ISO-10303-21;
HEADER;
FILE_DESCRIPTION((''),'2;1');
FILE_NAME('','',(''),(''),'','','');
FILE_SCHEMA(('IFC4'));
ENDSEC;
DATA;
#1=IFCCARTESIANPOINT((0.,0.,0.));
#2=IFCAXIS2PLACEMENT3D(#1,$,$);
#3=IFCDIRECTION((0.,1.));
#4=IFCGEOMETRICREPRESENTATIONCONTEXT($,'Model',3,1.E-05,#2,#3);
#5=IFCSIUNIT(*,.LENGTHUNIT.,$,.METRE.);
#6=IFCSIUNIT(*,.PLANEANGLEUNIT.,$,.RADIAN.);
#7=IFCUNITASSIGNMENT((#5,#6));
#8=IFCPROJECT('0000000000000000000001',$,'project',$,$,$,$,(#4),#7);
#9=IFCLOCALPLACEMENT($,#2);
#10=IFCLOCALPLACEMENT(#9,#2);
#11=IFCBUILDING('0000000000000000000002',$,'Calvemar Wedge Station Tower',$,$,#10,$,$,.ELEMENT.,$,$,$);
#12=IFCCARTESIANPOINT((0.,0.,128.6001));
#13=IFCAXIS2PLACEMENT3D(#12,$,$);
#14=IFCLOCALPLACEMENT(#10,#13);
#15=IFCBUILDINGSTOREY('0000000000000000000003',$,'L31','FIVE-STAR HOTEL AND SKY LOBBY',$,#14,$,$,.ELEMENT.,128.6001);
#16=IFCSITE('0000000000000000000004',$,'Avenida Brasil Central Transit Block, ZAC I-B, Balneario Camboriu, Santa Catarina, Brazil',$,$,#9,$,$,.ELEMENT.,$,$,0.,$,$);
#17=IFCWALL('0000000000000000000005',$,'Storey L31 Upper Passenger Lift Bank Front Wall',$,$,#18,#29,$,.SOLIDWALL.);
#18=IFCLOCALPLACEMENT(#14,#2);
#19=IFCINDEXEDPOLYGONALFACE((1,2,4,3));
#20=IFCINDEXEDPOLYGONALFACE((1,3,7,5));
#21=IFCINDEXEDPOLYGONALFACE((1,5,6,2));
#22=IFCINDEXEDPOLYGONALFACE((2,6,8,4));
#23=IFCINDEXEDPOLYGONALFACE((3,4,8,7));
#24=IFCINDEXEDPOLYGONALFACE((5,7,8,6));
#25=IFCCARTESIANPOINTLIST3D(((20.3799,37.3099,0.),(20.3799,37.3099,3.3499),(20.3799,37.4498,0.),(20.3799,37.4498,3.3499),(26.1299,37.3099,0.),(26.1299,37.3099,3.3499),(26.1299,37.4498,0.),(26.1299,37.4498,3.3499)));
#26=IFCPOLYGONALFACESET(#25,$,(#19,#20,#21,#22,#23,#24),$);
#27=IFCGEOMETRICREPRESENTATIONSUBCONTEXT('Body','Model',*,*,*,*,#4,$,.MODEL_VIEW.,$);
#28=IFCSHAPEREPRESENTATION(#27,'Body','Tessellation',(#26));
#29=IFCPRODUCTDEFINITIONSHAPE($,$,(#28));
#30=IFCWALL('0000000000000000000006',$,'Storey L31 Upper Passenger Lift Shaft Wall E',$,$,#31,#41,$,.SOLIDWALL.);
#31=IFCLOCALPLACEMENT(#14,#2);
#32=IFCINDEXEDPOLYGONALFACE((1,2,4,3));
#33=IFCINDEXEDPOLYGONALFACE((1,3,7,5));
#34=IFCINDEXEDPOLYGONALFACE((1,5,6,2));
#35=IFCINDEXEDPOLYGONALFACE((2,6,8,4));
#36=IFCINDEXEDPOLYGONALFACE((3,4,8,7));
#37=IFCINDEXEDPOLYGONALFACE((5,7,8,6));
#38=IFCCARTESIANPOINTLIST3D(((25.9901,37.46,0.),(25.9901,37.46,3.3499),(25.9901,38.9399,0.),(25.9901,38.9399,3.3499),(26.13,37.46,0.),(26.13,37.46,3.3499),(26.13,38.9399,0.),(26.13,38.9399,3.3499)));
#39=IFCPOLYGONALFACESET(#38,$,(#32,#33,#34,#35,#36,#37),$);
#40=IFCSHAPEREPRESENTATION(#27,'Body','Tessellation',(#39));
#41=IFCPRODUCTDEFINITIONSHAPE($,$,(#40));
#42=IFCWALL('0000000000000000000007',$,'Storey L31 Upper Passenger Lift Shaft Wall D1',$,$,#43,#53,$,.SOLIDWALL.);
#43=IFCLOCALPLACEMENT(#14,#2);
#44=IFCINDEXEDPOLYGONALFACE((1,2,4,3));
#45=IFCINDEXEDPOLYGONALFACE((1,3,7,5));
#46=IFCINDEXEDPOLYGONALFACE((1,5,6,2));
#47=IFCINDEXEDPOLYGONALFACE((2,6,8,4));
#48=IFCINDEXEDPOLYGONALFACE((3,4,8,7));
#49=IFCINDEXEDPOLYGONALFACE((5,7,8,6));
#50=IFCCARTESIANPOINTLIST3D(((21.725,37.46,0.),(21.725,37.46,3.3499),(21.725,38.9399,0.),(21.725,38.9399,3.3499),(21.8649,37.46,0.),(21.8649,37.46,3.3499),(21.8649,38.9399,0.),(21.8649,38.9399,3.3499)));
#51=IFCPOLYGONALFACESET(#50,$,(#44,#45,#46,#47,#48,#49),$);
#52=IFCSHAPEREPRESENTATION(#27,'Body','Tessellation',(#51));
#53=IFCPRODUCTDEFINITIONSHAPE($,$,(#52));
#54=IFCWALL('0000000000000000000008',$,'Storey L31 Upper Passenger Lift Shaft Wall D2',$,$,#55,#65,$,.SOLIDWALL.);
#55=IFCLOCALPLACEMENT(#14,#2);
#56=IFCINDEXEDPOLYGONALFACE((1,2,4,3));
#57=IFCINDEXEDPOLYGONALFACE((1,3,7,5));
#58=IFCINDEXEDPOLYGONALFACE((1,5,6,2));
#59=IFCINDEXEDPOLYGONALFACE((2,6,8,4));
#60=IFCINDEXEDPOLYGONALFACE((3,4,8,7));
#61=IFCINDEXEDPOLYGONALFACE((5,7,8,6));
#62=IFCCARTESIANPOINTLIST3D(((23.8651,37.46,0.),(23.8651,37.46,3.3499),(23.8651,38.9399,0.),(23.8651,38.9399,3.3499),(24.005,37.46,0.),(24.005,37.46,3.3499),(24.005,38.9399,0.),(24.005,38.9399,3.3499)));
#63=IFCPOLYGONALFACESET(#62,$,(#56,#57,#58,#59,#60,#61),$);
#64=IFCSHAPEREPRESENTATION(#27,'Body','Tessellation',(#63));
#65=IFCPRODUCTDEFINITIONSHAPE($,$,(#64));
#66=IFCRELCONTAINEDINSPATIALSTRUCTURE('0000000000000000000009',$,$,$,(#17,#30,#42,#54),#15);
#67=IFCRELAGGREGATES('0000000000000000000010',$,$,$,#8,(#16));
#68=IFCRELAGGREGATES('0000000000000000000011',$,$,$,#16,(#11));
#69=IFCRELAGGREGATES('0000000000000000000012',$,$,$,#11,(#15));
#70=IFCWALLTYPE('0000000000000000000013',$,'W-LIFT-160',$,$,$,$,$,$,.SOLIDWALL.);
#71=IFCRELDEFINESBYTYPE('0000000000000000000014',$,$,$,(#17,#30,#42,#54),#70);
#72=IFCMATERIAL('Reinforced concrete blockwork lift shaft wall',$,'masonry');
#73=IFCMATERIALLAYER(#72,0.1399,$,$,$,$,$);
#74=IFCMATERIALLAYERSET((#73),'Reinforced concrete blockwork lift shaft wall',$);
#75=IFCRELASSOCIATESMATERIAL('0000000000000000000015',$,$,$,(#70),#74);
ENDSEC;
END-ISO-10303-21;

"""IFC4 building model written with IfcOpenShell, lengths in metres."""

from ifc_helpers import new_model, si_unit, direction, frame, frame_2d, origin, place, context, subcontext, project, spatial, rectangle, extrude, material, layer, layer_set, type_object, element, save


model = new_model("IFC4")

# Units and contexts
model_context = context("Model", 3, precision=1e-05, world=origin(), true_north=direction((0.0, 1.0)))
body_context = subcontext(model_context, "Body", "Model", "MODEL_VIEW")
ifc_project = project(units=[si_unit("LENGTHUNIT", "METRE"), si_unit("PLANEANGLEUNIT", "RADIAN")], contexts=[model_context])

# Site, building, storey
site_placement = place(None, origin())
site = spatial("IfcSite", under=ifc_project, at=site_placement, Name="Avenida Brasil Central Transit Block, ZAC I-B, Balneario Camboriu, Santa Catarina, Brazil", CompositionType="ELEMENT", RefElevation=0.0)
building_placement = place(site_placement, origin())
building = spatial("IfcBuilding", under=site, at=building_placement, Name="Calvemar Wedge Station Tower", CompositionType="ELEMENT")
storey_placement = place(building_placement, frame((0.0, 0.0, 128.6001)))
storey = spatial("IfcBuildingStorey", under=building, at=storey_placement, Name="L31", Description="FIVE-STAR HOTEL AND SKY LOBBY", CompositionType="ELEMENT", Elevation=128.6001)

# Shared definitions
ifc_material_1 = material(Name="Reinforced concrete blockwork lift shaft wall", Category="masonry")
ifc_layer_1 = layer(ifc_material_1, 0.1399)
ifc_layer_set_1 = layer_set([ifc_layer_1], Name="Reinforced concrete blockwork lift shaft wall")
wall_type_1 = type_object("IfcWallType", Name="W-LIFT-160", PredefinedType="SOLIDWALL", material=ifc_layer_set_1)

# Walls
wall_1_placement = place(storey_placement, frame((20.3799, 37.3799, 0.0), z_axis=(0.0, 0.0, 1.0), x_axis=(1.0, 0.0, 0.0)))
element("IfcWall", 1, at=wall_1_placement, inside=storey, type_object=wall_type_1, Name="Storey L31 Upper Passenger Lift Bank Front Wall", PredefinedType="SOLIDWALL", context=body_context, shape_type="SweptSolid", body=[
    extrude(rectangle(XDim=5.75, YDim=0.1399, at=frame_2d((2.875, 0.0))), origin(), (0.0, 0.0, 1.0), 3.3499),
])
for number, where, z_axis, x_axis, name in (
    (2, (26.0601, 37.46, 0.0), (0.0, 0.0, 1.0), (0.0, 1.0, 0.0), "Storey L31 Upper Passenger Lift Shaft Wall E"),
    (3, (21.7949, 37.46, 0.0), (0.0, 0.0, 1.0), (0.0, 1.0, 0.0), "Storey L31 Upper Passenger Lift Shaft Wall D1"),
    (4, (23.9351, 37.46, 0.0), (0.0, 0.0, 1.0), (0.0, 1.0, 0.0), "Storey L31 Upper Passenger Lift Shaft Wall D2"),
):
    element("IfcWall", number, at=place(storey_placement, frame(where, z_axis=z_axis, x_axis=x_axis)), inside=storey, type_object=wall_type_1, Name=name, PredefinedType="SOLIDWALL", context=body_context, shape_type="SweptSolid", body=[
        extrude(rectangle(XDim=1.48, YDim=0.1399, at=frame_2d((0.74, 0.0))), origin(), (0.0, 0.0, 1.0), 3.3499),
    ])

save(model, "model.ifc")
